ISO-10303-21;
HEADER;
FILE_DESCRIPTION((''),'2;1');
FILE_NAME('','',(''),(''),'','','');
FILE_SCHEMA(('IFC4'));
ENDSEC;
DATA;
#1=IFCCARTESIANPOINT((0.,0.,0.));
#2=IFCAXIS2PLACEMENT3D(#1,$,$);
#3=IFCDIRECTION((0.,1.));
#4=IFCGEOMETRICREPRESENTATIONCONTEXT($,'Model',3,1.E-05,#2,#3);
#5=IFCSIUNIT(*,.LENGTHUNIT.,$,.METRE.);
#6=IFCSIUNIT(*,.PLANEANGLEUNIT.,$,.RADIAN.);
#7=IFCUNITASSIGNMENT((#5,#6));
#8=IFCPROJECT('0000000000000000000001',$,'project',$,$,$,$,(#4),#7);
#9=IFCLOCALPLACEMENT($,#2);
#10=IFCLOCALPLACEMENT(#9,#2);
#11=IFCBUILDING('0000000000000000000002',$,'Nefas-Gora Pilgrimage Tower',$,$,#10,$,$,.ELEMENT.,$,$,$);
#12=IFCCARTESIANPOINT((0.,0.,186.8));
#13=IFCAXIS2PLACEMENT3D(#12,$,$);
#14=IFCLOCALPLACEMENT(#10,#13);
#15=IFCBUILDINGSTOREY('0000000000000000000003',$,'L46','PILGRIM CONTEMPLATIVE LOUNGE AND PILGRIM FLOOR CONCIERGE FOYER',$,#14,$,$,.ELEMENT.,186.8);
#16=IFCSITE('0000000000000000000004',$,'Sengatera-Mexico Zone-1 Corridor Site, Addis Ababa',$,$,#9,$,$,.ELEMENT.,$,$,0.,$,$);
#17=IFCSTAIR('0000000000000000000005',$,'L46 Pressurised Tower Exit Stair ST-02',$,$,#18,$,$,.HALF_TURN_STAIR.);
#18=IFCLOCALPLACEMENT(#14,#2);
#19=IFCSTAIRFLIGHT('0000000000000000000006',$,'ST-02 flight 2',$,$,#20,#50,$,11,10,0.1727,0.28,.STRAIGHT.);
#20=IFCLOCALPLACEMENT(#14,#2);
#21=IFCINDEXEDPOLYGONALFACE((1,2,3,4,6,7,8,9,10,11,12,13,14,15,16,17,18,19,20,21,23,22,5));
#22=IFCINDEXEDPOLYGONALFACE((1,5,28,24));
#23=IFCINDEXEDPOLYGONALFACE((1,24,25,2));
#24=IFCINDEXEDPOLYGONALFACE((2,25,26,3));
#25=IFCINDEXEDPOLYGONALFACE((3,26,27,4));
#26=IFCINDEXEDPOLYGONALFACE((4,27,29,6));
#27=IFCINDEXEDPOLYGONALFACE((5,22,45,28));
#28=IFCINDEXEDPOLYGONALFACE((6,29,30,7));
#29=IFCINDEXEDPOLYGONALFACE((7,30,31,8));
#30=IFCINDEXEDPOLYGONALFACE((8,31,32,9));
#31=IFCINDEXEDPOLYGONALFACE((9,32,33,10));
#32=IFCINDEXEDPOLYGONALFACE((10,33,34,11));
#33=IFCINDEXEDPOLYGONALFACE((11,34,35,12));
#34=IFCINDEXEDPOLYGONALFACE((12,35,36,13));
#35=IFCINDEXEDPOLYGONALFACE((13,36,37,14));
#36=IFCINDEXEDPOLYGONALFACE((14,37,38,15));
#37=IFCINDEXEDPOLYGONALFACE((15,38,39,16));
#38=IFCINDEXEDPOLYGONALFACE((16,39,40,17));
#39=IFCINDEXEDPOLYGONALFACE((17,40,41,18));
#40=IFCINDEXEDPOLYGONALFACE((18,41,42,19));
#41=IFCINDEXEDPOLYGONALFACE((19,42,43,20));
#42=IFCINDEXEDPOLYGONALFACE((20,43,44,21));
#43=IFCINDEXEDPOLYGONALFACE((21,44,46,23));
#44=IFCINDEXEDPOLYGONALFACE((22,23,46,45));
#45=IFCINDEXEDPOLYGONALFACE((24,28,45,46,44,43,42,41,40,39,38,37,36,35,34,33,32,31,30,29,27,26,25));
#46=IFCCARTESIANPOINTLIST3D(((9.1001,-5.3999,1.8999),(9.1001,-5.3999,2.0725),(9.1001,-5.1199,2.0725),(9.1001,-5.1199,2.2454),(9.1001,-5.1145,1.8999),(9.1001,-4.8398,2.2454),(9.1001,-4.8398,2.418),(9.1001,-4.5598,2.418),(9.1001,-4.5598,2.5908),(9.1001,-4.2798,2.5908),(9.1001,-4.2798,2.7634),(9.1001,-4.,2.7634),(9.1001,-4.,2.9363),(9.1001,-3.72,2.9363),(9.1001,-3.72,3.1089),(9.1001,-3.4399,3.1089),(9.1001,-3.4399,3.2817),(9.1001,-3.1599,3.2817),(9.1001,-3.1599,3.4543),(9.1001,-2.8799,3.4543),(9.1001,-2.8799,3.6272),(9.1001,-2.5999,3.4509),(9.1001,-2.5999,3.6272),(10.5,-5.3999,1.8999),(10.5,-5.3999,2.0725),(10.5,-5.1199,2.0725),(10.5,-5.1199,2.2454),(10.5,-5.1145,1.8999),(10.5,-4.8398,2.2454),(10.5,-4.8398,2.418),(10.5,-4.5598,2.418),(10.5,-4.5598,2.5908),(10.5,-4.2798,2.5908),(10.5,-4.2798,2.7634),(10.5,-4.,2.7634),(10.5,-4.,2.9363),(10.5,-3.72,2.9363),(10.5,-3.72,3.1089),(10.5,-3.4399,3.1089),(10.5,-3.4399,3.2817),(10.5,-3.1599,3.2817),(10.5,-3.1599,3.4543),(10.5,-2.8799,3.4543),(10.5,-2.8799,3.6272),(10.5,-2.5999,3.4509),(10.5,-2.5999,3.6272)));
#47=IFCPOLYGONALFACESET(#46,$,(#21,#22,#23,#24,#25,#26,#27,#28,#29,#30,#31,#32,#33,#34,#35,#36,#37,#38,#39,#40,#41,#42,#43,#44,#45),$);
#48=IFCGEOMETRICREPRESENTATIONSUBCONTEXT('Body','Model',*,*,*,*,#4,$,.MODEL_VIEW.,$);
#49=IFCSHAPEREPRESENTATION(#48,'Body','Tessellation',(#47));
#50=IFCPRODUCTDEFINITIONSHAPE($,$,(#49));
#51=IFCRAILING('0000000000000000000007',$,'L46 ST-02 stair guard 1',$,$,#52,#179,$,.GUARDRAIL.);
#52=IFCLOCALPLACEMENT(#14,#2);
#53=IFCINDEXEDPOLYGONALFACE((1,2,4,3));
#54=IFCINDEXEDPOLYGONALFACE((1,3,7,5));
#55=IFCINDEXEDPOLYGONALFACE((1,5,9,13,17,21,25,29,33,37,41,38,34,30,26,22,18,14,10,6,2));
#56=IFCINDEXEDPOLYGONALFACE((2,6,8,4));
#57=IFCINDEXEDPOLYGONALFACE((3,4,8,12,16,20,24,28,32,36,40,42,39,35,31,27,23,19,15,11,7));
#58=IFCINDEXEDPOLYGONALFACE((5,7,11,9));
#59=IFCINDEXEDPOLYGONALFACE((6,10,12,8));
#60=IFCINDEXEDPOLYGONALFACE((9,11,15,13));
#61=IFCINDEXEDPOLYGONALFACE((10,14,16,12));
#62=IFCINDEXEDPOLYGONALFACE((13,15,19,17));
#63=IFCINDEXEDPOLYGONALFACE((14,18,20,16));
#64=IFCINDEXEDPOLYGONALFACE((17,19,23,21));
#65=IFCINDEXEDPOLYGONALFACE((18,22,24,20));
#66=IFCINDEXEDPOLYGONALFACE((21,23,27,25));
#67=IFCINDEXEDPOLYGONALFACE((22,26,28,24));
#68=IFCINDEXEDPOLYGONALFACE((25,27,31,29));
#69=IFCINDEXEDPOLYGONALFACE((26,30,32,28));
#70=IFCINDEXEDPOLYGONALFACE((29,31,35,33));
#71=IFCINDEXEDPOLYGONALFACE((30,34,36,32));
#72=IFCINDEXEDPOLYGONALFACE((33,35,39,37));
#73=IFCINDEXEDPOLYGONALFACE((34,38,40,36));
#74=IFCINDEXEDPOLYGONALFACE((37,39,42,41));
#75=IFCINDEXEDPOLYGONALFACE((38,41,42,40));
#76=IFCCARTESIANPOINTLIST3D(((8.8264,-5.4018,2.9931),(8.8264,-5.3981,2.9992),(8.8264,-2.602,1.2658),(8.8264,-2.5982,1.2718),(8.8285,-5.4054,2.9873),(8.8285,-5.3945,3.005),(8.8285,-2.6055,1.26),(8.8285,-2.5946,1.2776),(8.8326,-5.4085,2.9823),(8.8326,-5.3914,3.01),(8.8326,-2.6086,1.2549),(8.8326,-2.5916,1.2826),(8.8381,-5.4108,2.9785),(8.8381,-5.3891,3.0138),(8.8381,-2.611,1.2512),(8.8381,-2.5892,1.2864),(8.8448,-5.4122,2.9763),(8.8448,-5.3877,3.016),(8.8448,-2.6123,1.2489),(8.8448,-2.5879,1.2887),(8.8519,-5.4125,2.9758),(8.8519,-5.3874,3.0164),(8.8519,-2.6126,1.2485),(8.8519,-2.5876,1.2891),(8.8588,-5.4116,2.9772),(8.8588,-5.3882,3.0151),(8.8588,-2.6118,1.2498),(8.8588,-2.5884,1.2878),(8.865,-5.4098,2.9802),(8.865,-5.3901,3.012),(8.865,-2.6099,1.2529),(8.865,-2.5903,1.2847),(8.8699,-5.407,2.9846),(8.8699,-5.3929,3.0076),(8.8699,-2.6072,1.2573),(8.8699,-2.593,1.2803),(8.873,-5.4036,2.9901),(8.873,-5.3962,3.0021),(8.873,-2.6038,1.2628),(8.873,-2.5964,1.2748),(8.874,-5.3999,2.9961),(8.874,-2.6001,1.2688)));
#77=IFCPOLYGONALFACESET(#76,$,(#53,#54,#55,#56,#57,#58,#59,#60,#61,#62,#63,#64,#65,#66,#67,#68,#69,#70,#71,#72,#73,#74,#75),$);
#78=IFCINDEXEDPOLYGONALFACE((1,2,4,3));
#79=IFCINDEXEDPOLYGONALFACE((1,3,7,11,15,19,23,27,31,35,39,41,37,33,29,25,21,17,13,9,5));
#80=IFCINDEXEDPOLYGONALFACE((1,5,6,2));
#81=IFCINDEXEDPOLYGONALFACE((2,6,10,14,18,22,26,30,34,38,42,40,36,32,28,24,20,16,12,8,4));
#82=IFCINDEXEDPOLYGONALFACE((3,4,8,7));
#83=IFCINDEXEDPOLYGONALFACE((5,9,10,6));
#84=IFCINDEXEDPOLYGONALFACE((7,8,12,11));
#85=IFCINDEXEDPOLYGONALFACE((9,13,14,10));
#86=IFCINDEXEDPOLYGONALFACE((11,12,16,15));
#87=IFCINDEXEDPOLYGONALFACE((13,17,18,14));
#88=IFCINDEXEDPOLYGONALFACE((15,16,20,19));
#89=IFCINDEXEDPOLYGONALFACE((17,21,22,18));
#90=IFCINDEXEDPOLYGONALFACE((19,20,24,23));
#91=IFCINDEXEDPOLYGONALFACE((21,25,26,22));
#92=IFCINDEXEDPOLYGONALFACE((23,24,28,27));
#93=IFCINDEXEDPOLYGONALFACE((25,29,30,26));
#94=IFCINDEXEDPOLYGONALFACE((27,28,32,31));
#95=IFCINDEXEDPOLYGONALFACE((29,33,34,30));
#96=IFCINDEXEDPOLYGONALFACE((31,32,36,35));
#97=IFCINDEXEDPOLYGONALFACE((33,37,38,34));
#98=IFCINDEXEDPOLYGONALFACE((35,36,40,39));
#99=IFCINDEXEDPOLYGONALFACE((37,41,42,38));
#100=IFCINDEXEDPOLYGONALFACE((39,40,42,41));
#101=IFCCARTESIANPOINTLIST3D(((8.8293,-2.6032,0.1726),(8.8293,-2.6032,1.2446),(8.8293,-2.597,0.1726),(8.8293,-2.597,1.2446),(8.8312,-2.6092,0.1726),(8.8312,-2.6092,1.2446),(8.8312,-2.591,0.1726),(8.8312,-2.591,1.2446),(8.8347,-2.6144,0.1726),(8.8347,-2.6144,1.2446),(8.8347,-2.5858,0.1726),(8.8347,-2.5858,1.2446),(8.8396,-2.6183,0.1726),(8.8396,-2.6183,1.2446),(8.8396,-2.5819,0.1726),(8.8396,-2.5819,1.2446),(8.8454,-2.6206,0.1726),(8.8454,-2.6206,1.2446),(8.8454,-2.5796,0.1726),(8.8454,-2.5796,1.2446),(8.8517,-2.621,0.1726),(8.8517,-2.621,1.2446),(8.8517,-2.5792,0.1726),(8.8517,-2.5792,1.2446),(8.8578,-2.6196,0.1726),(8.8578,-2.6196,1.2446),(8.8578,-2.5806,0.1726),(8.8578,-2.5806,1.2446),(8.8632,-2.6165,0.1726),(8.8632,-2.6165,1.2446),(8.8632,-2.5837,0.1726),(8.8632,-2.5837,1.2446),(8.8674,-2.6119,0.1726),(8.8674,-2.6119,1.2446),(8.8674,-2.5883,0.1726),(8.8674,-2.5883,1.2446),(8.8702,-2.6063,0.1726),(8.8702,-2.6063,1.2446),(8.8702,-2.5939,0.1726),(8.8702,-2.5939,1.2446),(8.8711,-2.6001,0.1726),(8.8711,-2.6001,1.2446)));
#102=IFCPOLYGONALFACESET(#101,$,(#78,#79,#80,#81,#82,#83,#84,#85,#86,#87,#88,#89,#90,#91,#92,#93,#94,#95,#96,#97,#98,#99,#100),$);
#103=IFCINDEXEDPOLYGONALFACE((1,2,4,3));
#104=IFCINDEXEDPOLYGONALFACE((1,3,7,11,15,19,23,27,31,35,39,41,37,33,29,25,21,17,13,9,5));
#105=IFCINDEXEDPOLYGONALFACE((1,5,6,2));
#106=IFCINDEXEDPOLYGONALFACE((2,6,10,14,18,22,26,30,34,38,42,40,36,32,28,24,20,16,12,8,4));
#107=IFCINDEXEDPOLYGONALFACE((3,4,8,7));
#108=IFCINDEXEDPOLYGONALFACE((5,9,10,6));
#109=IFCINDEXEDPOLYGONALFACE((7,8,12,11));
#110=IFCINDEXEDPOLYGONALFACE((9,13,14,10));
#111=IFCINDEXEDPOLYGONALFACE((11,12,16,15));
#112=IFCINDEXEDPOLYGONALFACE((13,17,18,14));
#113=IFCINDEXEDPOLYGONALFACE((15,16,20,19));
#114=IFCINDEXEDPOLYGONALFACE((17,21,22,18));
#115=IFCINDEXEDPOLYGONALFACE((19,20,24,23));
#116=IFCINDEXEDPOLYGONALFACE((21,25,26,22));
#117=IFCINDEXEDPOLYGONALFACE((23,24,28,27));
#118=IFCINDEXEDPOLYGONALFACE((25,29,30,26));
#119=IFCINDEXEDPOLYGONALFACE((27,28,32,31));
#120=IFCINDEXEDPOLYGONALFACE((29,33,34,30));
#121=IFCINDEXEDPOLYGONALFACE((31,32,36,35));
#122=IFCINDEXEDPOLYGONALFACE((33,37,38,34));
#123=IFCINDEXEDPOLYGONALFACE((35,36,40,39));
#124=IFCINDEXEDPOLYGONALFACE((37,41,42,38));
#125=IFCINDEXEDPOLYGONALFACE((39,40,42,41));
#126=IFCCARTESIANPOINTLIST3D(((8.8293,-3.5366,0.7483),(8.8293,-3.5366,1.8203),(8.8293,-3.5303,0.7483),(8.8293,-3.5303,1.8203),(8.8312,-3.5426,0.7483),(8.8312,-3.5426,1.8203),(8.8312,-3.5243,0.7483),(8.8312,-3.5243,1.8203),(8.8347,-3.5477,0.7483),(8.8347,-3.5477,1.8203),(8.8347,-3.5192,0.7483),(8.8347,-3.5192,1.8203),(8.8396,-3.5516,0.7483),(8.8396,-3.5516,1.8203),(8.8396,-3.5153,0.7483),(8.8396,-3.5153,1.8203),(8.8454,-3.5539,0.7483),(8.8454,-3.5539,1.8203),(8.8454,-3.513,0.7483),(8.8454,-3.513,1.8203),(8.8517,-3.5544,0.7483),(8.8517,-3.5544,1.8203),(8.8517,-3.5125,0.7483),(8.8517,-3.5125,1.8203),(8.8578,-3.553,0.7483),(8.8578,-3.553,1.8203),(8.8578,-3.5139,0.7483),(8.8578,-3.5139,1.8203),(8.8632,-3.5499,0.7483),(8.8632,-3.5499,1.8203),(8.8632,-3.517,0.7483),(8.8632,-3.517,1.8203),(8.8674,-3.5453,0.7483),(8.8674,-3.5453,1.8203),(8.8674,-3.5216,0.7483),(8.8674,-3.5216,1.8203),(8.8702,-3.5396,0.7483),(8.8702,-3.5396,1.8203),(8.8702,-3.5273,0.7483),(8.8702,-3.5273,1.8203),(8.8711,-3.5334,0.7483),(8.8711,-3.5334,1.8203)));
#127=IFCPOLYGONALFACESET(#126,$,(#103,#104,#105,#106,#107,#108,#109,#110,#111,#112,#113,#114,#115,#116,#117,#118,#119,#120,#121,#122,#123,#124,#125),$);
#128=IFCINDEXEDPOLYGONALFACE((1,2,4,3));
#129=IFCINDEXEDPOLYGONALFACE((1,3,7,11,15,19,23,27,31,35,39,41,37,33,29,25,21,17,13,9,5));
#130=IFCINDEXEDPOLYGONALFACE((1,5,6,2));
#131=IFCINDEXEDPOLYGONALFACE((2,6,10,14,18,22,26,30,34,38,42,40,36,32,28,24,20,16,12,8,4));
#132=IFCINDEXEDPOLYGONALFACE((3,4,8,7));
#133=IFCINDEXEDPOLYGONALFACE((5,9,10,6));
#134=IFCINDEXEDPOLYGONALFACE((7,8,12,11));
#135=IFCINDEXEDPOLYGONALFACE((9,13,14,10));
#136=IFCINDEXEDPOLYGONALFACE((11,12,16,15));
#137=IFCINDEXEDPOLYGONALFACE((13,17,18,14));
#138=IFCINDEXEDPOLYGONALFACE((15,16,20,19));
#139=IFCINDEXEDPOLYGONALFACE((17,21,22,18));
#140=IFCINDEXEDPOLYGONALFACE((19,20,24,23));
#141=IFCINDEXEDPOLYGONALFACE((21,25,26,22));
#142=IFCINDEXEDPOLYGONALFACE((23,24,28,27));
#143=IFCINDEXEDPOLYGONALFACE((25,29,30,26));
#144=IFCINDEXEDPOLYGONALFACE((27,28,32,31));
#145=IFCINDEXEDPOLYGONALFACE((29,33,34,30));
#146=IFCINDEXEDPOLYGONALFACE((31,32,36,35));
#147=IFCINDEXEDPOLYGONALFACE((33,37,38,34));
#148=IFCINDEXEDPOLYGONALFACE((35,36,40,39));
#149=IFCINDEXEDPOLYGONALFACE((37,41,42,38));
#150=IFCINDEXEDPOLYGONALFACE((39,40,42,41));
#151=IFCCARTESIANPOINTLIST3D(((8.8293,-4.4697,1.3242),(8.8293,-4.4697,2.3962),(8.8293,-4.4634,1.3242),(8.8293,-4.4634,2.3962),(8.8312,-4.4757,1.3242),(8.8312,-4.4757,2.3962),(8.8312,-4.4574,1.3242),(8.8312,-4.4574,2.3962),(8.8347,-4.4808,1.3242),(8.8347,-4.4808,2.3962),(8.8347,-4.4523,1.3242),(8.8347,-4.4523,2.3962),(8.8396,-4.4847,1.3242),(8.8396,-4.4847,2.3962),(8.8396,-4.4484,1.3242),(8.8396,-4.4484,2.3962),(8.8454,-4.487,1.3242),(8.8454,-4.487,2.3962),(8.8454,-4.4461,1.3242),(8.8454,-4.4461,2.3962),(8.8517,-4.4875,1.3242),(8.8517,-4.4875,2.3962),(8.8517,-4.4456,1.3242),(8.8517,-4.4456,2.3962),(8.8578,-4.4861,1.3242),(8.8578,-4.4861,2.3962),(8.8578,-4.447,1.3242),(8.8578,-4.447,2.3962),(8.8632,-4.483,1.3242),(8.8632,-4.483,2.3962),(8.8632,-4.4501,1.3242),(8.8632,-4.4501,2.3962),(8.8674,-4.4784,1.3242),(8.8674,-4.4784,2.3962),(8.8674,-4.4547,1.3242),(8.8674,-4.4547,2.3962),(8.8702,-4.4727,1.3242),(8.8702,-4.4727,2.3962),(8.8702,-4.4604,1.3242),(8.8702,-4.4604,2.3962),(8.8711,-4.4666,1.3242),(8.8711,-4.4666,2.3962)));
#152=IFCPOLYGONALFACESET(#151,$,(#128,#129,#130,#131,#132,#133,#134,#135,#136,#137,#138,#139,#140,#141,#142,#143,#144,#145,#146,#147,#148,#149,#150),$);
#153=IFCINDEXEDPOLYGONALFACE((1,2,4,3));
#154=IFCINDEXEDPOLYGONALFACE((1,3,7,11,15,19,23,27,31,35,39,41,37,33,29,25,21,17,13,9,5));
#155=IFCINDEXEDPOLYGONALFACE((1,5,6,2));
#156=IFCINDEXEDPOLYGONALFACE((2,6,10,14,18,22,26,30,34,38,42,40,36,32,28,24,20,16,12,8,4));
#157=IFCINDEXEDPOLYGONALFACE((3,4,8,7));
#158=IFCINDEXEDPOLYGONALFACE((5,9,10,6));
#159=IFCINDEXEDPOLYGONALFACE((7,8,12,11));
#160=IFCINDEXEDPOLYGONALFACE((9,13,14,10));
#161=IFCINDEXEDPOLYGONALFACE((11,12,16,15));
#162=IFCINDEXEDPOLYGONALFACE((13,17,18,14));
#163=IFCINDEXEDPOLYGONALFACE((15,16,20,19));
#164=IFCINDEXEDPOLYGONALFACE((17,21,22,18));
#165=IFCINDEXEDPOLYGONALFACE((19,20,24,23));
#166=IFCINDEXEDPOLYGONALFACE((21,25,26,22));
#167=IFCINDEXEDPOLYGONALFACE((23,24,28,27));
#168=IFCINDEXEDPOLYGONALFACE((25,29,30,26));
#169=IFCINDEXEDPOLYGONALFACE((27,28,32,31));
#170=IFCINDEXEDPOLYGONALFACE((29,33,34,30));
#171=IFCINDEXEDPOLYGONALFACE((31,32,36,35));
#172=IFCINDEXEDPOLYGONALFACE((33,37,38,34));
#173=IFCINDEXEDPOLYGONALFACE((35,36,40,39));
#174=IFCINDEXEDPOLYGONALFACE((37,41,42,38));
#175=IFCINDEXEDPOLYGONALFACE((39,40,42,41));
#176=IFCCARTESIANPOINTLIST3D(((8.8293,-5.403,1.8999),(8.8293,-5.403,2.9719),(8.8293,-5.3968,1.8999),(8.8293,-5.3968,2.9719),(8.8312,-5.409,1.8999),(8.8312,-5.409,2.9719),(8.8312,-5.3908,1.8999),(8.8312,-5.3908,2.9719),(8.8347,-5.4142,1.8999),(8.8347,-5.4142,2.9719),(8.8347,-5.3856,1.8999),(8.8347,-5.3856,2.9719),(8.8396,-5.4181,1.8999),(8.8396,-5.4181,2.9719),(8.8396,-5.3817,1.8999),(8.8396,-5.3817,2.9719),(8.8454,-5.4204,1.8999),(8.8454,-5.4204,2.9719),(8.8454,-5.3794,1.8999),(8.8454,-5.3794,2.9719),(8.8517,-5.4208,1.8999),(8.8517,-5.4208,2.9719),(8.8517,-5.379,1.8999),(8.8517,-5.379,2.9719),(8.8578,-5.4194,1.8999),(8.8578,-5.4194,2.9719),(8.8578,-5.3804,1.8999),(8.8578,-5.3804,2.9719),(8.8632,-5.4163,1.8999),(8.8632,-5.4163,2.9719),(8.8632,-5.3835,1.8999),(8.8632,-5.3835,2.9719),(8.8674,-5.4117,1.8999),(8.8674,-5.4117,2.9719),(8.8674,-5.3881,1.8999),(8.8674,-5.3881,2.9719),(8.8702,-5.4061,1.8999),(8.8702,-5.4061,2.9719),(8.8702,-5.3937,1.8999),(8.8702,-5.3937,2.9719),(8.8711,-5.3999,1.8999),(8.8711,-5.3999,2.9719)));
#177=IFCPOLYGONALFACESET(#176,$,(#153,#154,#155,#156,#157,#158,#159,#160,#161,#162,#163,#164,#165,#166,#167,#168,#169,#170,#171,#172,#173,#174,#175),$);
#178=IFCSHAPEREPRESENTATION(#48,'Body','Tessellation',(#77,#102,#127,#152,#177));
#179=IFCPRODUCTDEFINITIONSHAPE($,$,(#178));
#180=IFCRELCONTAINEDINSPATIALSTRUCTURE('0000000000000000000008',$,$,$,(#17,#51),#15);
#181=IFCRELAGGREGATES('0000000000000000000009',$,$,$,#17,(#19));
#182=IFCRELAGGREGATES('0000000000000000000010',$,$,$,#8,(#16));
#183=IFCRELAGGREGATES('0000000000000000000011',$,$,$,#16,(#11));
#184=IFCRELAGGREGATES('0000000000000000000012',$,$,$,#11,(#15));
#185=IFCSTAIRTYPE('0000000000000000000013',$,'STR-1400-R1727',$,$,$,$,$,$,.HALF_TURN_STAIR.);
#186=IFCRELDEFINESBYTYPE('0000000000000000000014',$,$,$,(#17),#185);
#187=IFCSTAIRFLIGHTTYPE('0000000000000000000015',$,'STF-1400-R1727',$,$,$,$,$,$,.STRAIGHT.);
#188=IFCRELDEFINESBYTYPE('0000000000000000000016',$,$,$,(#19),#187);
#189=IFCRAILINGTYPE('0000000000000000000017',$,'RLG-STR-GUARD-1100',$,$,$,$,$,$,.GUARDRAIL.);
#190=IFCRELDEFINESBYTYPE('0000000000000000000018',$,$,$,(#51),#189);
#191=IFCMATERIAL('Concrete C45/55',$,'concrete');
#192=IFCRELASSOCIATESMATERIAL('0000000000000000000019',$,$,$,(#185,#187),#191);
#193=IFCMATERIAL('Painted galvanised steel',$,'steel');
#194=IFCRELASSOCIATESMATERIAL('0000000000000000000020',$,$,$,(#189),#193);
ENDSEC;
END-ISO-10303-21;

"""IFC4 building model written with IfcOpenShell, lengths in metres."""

from ifc_helpers import new_model, si_unit, direction, frame, origin, origin_2d, place, context, subcontext, project, spatial, polyline, circle, outline, extrude, source, transform, mapped, material, type_object, element, aggregate, save


model = new_model("IFC4")

# Units and contexts
model_context = context("Model", 3, precision=1e-05, world=origin(), true_north=direction((0.0, 1.0)))
body_context = subcontext(model_context, "Body", "Model", "MODEL_VIEW")
ifc_project = project(units=[si_unit("LENGTHUNIT", "METRE"), si_unit("PLANEANGLEUNIT", "RADIAN")], contexts=[model_context])

# Site, building, storey
site_placement = place(None, origin())
site = spatial("IfcSite", under=ifc_project, at=site_placement, Name="Sengatera-Mexico Zone-1 Corridor Site, Addis Ababa", CompositionType="ELEMENT", RefElevation=0.0)
building_placement = place(site_placement, origin())
building = spatial("IfcBuilding", under=site, at=building_placement, Name="Nefas-Gora Pilgrimage Tower", CompositionType="ELEMENT")
storey_placement = place(building_placement, frame((0.0, 0.0, 186.8)))
storey = spatial("IfcBuildingStorey", under=building, at=storey_placement, Name="L46", Description="PILGRIM CONTEMPLATIVE LOUNGE AND PILGRIM FLOOR CONCIERGE FOYER", CompositionType="ELEMENT", Elevation=186.8)

# Shared definitions
ifc_material_1 = material(Name="Concrete C45/55", Category="concrete")

# Stair, stair flight
stair_type = type_object("IfcStairType", Name="STR-1400-R1727", PredefinedType="HALF_TURN_STAIR", material=ifc_material_1)
stair_placement = place(storey_placement, origin())
stair = element("IfcStair", 1, at=stair_placement, inside=storey, type_object=stair_type, Name="L46 Pressurised Tower Exit Stair ST-02", PredefinedType="HALF_TURN_STAIR")
stair_flight_type = type_object("IfcStairFlightType", Name="STF-1400-R1727", PredefinedType="STRAIGHT", material=ifc_material_1)
shared_shape_1 = source(origin(), body_context, "Body", "SweptSolid", [
    extrude(outline(polyline([(0.0, 0.0), (0.0, 0.1726), (0.28, 0.1726), (0.28, 0.3455), (0.5601, 0.3455), (0.5601, 0.5181), (0.8401, 0.5181), (0.8401, 0.6909), (1.1201, 0.6909), (1.1201, 0.8635), (1.3999, 0.8635), (1.3999, 1.0364), (1.6799, 1.0364), (1.6799, 1.209), (1.96, 1.209), (1.96, 1.3818), (2.24, 1.3818), (2.24, 1.5544), (2.52, 1.5544), (2.52, 1.7273), (2.8, 1.7273), (2.8, 1.8999), (2.8, 1.551), (0.2854, 0.0), (0.0, 0.0)])), frame((0.0, 0.7, 0.0), z_axis=(0.0, -1.0, 0.0), x_axis=(1.0, 0.0, 0.0)), (0.0, 0.0, 1.0), 1.3999),
])
stair_flight_1_placement = place(storey_placement, frame((9.8, -5.3999, 1.8999), z_axis=(0.0, 0.0, 1.0), x_axis=(0.0, 1.0, 0.0)))
stair_flight_1 = element("IfcStairFlight", 2, at=stair_flight_1_placement, type_object=stair_flight_type, Name="ST-02 flight 2", NumberOfRisers=11, NumberOfTreads=10, PredefinedType="STRAIGHT", RiserHeight=0.1727, TreadLength=0.28, context=body_context, shape_type="MappedRepresentation", body=[
    mapped(shared_shape_1, transform((0.0, 0.0, 0.0), x_axis=(1.0, 0.0, 0.0), y_axis=(0.0, 1.0, 0.0), z_axis=(0.0, 0.0, 1.0), scale=1.0)),
])
aggregate(stair, [stair_flight_1])

# Railing
ifc_material_2 = material(Name="Painted galvanised steel", Category="steel")
railing_type_1 = type_object("IfcRailingType", Name="RLG-STR-GUARD-1100", PredefinedType="GUARDRAIL", material=ifc_material_2)
railing_1_placement = place(storey_placement, frame((8.8501, -2.6001, 0.1726)))
element("IfcRailing", 3, at=railing_1_placement, inside=storey, type_object=railing_type_1, Name="L46 ST-02 stair guard 1", PredefinedType="GUARDRAIL", context=body_context, shape_type="SweptSolid", body=[
    extrude(circle(Radius=0.0239, at=origin_2d()), frame((0.0, 0.0, 1.0962), z_axis=(0.0, -0.851069, 0.525054), x_axis=(1.0, 0.0, 0.0)), (0.0, 0.0, 1.0), 3.2898),
    extrude(circle(Radius=0.021, at=origin_2d()), origin(), (0.0, 0.0, 1.0), 1.072),
    extrude(circle(Radius=0.021, at=origin_2d()), frame((0.0, -0.9333, 0.5757)), (0.0, 0.0, 1.0), 1.072),
    extrude(circle(Radius=0.021, at=origin_2d()), frame((0.0, -1.8665, 1.1516)), (0.0, 0.0, 1.0), 1.072),
    extrude(circle(Radius=0.021, at=origin_2d()), frame((0.0, -2.7998, 1.7273)), (0.0, 0.0, 1.0), 1.072),
])

save(model, "model.ifc")
